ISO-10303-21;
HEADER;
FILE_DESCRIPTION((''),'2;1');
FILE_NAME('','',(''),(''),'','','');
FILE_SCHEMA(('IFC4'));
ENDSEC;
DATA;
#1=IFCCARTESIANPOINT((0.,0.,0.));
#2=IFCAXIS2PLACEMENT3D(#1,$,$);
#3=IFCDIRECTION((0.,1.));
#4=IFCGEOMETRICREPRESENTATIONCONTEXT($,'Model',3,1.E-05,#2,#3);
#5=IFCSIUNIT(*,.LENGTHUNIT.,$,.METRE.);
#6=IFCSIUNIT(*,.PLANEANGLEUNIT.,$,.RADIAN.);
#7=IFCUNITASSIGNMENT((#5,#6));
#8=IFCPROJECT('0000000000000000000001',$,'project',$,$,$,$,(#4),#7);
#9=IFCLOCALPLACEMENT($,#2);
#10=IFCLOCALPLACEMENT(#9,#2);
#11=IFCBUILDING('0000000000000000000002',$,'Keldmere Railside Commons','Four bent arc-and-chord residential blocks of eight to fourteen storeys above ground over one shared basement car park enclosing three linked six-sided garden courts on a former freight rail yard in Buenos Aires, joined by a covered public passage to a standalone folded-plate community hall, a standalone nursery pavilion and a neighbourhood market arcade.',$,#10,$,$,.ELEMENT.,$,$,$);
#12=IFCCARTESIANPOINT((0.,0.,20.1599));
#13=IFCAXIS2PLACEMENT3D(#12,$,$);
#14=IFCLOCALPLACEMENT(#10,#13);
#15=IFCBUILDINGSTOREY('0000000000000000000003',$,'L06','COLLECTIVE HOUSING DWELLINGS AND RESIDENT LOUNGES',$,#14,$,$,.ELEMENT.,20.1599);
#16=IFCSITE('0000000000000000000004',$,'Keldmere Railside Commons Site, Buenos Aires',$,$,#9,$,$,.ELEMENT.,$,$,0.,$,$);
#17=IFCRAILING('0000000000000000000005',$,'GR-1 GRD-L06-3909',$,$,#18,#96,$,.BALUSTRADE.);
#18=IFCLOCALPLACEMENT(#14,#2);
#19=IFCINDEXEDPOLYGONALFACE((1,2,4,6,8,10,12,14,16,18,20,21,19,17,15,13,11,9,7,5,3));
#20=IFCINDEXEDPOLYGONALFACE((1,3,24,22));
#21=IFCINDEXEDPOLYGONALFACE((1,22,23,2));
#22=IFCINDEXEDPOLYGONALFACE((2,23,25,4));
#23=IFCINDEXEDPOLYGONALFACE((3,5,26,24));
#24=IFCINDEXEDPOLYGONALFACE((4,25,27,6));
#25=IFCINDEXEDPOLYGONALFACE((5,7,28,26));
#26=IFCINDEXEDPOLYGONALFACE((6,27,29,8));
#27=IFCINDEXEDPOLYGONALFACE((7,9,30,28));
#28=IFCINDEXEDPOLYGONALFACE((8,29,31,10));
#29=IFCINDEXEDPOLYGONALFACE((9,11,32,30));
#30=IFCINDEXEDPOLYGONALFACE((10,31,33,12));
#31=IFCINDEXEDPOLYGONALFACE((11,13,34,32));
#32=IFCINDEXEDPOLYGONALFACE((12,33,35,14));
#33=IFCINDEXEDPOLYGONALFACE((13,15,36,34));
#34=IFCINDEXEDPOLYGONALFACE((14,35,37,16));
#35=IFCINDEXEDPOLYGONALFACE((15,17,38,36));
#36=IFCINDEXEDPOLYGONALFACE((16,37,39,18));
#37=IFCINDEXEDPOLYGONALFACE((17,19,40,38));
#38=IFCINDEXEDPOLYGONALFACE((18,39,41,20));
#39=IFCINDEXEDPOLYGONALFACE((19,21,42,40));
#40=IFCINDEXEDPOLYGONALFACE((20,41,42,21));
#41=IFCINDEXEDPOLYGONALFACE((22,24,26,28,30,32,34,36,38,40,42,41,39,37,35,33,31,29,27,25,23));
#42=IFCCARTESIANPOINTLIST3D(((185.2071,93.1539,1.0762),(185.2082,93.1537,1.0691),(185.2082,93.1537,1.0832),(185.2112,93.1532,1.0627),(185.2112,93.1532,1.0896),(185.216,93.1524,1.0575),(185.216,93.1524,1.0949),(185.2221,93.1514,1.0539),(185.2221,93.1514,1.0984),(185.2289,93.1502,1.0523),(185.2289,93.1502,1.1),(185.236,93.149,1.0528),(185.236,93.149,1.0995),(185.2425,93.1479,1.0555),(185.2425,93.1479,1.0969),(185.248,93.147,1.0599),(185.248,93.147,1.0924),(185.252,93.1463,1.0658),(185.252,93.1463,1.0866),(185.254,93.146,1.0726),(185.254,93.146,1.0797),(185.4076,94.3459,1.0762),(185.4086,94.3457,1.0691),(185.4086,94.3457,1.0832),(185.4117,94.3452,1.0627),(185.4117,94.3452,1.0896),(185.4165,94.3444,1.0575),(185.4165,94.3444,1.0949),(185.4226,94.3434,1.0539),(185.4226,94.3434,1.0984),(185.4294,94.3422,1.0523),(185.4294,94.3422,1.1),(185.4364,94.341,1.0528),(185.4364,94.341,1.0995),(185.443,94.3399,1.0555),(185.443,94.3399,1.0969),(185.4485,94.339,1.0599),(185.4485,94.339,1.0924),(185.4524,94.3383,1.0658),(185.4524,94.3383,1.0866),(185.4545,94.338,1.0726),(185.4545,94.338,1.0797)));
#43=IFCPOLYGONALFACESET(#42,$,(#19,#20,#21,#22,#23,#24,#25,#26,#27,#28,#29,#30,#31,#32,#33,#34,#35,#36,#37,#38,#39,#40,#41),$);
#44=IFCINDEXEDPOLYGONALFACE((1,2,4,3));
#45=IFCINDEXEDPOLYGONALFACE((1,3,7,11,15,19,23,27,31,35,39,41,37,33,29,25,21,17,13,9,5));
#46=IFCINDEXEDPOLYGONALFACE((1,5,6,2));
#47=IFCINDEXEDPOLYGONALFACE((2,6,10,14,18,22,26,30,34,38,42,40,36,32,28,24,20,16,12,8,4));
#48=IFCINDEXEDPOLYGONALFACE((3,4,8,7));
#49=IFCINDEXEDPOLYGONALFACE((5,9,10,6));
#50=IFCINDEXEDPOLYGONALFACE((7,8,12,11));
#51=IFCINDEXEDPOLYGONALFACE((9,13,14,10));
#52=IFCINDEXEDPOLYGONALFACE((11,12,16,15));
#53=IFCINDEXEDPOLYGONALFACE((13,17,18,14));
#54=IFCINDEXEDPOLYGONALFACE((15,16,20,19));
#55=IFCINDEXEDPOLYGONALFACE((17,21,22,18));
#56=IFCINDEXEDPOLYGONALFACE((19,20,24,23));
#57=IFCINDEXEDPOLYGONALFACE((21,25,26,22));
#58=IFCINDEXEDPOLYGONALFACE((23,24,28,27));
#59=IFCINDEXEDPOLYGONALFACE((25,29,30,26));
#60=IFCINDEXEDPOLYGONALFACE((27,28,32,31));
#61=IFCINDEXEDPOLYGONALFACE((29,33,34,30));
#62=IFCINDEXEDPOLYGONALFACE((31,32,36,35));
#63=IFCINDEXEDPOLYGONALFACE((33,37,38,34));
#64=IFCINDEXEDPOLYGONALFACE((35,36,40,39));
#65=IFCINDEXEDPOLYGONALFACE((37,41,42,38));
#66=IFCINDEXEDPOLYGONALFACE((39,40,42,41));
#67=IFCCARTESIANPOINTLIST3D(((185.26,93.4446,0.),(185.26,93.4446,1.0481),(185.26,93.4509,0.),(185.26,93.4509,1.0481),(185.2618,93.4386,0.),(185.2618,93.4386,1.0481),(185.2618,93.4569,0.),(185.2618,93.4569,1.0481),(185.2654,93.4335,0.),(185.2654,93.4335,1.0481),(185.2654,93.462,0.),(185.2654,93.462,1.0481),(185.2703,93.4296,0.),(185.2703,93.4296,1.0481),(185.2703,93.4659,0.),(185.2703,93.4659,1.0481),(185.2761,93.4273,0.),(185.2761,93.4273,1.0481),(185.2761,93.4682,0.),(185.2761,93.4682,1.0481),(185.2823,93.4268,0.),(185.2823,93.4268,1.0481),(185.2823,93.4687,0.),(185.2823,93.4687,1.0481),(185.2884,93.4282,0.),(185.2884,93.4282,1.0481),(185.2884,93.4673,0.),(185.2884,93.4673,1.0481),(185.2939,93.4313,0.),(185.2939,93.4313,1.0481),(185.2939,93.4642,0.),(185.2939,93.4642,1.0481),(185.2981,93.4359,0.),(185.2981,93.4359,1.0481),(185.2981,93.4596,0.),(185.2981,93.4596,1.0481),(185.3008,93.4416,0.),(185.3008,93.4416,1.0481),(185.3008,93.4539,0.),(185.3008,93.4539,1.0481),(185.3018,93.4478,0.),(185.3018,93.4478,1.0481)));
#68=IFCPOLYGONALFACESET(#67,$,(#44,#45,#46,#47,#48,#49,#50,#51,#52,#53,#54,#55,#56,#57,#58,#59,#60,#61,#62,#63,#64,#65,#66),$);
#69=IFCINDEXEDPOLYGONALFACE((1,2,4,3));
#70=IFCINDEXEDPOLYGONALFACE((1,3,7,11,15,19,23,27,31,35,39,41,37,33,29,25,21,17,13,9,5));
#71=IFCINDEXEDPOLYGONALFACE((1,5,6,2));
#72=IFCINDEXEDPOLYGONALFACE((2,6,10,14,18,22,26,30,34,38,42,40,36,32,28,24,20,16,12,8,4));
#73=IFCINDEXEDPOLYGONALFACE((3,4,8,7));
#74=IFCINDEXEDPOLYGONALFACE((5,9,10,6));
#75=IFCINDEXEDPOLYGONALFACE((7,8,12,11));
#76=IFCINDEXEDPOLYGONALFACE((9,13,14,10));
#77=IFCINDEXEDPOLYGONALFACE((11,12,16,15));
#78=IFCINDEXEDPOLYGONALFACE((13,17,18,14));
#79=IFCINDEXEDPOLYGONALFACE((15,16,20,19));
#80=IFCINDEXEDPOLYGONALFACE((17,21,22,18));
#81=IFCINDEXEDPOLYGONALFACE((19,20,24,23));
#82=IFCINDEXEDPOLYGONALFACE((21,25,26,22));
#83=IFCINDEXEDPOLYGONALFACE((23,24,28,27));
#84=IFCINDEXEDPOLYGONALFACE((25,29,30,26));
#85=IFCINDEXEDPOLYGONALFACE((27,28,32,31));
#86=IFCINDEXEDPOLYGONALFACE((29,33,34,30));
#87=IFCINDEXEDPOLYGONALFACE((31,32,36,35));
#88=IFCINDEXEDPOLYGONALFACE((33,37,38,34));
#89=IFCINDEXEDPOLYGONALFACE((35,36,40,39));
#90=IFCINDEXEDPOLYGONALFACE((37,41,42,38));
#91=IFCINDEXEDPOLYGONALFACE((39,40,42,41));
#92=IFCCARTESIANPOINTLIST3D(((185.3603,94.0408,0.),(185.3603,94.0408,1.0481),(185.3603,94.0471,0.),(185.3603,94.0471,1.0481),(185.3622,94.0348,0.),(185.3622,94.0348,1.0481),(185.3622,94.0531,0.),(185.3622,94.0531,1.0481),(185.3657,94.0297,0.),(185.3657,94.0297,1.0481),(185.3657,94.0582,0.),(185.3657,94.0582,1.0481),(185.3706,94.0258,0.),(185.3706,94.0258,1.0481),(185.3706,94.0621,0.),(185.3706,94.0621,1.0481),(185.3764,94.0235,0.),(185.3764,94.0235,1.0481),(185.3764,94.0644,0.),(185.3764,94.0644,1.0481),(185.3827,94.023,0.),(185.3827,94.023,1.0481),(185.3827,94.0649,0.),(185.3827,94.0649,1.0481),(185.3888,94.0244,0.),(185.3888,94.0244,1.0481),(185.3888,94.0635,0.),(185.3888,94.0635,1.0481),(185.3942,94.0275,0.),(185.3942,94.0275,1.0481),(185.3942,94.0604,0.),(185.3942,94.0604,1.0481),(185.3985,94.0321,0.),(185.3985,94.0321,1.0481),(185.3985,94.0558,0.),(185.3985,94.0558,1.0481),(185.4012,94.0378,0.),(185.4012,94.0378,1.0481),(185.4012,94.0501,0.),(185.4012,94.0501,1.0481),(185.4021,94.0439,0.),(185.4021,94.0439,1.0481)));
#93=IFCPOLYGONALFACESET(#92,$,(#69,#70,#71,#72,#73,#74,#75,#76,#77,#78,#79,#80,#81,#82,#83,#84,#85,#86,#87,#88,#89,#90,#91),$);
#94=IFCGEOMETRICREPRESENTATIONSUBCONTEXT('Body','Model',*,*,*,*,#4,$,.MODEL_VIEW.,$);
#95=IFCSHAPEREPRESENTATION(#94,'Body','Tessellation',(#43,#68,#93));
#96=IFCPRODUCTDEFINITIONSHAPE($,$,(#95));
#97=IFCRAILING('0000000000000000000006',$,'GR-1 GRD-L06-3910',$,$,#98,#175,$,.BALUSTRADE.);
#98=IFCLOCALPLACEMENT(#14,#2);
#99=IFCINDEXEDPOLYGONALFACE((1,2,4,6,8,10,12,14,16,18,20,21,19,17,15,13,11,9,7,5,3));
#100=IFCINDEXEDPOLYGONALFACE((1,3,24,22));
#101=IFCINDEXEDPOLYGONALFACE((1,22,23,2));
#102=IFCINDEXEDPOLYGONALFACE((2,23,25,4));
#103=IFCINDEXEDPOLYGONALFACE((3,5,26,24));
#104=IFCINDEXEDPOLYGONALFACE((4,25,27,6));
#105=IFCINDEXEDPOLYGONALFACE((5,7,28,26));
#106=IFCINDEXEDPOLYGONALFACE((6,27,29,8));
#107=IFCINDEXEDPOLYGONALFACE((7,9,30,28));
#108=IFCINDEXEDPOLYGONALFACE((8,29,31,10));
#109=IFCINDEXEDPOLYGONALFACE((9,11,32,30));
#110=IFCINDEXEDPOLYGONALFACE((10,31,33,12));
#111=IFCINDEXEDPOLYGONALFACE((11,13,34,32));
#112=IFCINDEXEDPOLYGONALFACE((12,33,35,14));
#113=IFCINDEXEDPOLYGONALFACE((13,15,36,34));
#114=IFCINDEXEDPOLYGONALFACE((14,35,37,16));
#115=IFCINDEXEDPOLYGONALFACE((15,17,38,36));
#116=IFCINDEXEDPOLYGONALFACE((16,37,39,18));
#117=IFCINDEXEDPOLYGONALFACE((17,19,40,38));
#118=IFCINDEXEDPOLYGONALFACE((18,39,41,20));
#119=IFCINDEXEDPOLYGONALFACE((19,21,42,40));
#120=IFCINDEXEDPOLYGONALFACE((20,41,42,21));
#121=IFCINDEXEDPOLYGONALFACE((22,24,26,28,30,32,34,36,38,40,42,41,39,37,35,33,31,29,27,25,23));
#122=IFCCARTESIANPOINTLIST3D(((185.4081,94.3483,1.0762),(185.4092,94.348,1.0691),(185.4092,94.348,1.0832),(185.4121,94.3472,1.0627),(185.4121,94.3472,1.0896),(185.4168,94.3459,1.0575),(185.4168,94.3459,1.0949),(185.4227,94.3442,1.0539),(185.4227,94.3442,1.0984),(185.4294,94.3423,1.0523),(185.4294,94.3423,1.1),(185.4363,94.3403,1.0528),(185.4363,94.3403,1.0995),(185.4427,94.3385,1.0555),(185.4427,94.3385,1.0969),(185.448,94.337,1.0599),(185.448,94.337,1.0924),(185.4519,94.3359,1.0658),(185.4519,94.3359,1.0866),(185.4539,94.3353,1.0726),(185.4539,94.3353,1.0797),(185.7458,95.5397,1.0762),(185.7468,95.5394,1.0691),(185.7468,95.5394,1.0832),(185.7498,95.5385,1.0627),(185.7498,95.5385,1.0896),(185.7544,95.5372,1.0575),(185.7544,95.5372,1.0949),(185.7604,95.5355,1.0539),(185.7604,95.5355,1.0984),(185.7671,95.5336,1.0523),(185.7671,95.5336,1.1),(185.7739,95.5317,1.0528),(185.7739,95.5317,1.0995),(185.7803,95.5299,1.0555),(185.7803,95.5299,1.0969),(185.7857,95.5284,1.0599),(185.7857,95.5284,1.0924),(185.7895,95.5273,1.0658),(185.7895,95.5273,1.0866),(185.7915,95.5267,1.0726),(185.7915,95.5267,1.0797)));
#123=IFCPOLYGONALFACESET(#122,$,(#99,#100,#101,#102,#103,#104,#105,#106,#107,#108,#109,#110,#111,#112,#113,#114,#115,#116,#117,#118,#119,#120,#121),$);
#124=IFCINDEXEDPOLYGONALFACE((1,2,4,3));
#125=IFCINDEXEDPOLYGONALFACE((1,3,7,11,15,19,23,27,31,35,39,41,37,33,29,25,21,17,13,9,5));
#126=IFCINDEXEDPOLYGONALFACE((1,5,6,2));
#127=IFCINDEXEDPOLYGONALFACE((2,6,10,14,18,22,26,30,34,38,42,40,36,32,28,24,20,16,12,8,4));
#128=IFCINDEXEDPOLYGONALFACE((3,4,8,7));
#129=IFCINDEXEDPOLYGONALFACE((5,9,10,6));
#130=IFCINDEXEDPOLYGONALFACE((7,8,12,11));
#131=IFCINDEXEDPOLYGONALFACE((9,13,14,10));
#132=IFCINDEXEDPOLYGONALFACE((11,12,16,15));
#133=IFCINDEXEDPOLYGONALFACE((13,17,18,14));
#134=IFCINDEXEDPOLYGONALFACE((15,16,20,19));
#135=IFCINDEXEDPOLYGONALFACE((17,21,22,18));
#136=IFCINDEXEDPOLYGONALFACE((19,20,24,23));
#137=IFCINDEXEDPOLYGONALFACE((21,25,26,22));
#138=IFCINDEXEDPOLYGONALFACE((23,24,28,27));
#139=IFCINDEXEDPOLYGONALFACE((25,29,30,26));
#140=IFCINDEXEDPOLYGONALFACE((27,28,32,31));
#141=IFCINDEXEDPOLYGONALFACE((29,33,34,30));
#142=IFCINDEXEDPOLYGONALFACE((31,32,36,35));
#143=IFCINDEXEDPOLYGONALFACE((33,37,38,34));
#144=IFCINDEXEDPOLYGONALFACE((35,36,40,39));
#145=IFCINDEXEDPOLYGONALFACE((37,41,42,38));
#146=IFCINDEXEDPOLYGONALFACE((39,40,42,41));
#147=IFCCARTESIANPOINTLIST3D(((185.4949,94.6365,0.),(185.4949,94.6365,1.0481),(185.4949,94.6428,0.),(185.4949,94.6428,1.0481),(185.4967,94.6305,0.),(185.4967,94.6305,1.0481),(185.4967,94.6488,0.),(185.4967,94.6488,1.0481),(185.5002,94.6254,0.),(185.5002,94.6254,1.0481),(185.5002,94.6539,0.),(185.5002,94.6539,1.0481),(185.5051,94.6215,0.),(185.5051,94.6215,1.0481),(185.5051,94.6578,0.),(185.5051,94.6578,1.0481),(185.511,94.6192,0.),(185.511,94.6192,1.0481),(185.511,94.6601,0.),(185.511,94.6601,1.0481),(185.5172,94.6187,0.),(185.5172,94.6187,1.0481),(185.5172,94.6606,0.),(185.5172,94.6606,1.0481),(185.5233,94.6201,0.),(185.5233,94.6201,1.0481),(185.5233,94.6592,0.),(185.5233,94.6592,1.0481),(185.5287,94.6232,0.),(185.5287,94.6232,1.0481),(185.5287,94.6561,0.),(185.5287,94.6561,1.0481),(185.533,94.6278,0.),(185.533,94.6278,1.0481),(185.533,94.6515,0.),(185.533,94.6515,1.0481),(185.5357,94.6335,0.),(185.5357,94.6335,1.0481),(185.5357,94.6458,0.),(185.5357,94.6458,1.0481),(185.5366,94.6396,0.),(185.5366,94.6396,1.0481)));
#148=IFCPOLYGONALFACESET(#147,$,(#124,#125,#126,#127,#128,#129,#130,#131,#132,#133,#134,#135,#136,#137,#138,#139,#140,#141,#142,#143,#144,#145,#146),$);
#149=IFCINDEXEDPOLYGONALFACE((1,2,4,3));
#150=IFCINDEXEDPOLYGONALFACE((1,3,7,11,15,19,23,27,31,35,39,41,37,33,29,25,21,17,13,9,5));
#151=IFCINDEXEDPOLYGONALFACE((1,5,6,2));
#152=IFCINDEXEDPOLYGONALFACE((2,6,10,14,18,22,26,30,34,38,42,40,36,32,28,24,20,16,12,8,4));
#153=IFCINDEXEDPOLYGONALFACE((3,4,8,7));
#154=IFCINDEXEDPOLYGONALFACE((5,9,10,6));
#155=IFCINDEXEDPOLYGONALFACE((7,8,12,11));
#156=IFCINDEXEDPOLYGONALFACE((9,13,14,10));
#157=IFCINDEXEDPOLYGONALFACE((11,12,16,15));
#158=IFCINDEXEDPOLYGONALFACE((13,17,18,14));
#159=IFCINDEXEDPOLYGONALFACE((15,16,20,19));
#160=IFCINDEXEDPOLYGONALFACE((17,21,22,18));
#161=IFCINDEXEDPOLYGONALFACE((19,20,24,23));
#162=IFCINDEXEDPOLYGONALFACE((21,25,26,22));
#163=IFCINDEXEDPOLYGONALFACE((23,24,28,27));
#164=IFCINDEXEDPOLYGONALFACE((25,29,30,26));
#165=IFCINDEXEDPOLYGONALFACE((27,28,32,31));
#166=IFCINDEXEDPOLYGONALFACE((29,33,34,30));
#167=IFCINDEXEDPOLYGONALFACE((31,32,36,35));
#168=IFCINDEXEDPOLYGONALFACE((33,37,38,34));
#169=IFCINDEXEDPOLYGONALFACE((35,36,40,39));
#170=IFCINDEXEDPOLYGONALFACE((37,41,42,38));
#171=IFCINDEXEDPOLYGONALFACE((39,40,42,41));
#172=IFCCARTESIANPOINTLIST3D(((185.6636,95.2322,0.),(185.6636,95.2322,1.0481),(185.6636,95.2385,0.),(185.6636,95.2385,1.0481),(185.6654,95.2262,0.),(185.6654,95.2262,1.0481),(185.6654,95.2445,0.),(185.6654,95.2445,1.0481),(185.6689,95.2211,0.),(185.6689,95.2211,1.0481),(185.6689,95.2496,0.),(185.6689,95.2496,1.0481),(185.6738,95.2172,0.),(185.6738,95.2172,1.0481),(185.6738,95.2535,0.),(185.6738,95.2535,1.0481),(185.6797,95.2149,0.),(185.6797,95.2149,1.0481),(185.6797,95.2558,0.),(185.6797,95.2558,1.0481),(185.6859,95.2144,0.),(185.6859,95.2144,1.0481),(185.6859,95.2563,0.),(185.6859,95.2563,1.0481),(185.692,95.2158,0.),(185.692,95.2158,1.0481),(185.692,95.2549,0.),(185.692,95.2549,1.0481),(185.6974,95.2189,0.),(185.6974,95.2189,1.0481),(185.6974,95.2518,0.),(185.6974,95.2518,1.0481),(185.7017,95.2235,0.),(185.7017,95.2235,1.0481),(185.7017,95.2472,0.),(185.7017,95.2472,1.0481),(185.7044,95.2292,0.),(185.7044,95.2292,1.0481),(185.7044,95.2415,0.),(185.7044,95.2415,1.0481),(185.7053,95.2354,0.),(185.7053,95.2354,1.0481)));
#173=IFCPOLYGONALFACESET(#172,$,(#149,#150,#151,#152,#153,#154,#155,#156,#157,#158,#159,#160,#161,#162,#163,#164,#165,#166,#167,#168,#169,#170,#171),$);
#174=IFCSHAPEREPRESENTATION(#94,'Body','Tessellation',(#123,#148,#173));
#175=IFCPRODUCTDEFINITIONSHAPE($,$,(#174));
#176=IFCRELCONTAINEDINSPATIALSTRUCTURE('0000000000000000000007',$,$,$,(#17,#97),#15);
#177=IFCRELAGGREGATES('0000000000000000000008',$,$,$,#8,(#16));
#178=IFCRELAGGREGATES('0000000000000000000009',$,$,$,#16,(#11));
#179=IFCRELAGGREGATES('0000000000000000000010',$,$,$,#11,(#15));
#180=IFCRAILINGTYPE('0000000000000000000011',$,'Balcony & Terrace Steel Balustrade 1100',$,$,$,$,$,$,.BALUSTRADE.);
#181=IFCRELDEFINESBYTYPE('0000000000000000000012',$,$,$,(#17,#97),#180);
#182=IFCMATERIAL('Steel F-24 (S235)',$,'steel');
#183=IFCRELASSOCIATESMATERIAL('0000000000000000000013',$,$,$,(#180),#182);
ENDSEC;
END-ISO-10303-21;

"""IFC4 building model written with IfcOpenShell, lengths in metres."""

from ifc_helpers import new_model, si_unit, direction, frame, origin, origin_2d, place, context, subcontext, project, spatial, circle, extrude, material, type_object, element, save


model = new_model("IFC4")

# Units and contexts
model_context = context("Model", 3, precision=1e-05, world=origin(), true_north=direction((0.0, 1.0)))
body_context = subcontext(model_context, "Body", "Model", "MODEL_VIEW")
ifc_project = project(units=[si_unit("LENGTHUNIT", "METRE"), si_unit("PLANEANGLEUNIT", "RADIAN")], contexts=[model_context])

# Site, building, storey
site_placement = place(None, origin())
site = spatial("IfcSite", under=ifc_project, at=site_placement, Name="Keldmere Railside Commons Site, Buenos Aires", CompositionType="ELEMENT", RefElevation=0.0)
building_placement = place(site_placement, origin())
building = spatial("IfcBuilding", under=site, at=building_placement, Name="Keldmere Railside Commons", Description="Four bent arc-and-chord residential blocks of eight to fourteen storeys above ground over one shared basement car park enclosing three linked six-sided garden courts on a former freight rail yard in Buenos Aires, joined by a covered public passage to a standalone folded-plate community hall, a standalone nursery pavilion and a neighbourhood market arcade.", CompositionType="ELEMENT")
storey_placement = place(building_placement, frame((0.0, 0.0, 20.1599)))
storey = spatial("IfcBuildingStorey", under=building, at=storey_placement, Name="L06", Description="COLLECTIVE HOUSING DWELLINGS AND RESIDENT LOUNGES", CompositionType="ELEMENT", Elevation=20.1599)

# Railings
ifc_material_1 = material(Name="Steel F-24 (S235)", Category="steel")
railing_type = type_object("IfcRailingType", Name="Balcony & Terrace Steel Balustrade 1100", PredefinedType="BALUSTRADE", material=ifc_material_1)
railing_1_placement = place(storey_placement, frame((185.2307, 93.1499, 0.0)))
element("IfcRailing", 1, at=railing_1_placement, inside=storey, type_object=railing_type, Name="GR-1 GRD-L06-3909", PredefinedType="BALUSTRADE", context=body_context, shape_type="SweptSolid", body=[
    extrude(circle(Radius=0.0239, at=origin_2d()), frame((0.0, 0.0, 1.0762), z_axis=(0.16584, 0.986153, 0.0), x_axis=(-0.986153, 0.16584, 0.0)), (0.0, 0.0, 1.0), 1.2087),
    extrude(circle(Radius=0.021, at=origin_2d()), frame((0.05, 0.2979, 0.0)), (0.0, 0.0, 1.0), 1.0481),
    extrude(circle(Radius=0.021, at=origin_2d()), frame((0.1504, 0.894, 0.0)), (0.0, 0.0, 1.0), 1.0481),
])
railing_2_placement = place(storey_placement, frame((185.4312, 94.3418, 0.0)))
element("IfcRailing", 2, at=railing_2_placement, inside=storey, type_object=railing_type, Name="GR-1 GRD-L06-3910", PredefinedType="BALUSTRADE", context=body_context, shape_type="SweptSolid", body=[
    extrude(circle(Radius=0.0239, at=origin_2d()), frame((0.0, 0.0, 1.0762), z_axis=(0.272663, 0.962109, 0.0), x_axis=(-0.962109, 0.272663, 0.0)), (0.0, 0.0, 1.0), 1.2383),
    extrude(circle(Radius=0.021, at=origin_2d()), frame((0.0845, 0.2979, 0.0)), (0.0, 0.0, 1.0), 1.0481),
    extrude(circle(Radius=0.021, at=origin_2d()), frame((0.2532, 0.8936, 0.0)), (0.0, 0.0, 1.0), 1.0481),
])

save(model, "model.ifc")
